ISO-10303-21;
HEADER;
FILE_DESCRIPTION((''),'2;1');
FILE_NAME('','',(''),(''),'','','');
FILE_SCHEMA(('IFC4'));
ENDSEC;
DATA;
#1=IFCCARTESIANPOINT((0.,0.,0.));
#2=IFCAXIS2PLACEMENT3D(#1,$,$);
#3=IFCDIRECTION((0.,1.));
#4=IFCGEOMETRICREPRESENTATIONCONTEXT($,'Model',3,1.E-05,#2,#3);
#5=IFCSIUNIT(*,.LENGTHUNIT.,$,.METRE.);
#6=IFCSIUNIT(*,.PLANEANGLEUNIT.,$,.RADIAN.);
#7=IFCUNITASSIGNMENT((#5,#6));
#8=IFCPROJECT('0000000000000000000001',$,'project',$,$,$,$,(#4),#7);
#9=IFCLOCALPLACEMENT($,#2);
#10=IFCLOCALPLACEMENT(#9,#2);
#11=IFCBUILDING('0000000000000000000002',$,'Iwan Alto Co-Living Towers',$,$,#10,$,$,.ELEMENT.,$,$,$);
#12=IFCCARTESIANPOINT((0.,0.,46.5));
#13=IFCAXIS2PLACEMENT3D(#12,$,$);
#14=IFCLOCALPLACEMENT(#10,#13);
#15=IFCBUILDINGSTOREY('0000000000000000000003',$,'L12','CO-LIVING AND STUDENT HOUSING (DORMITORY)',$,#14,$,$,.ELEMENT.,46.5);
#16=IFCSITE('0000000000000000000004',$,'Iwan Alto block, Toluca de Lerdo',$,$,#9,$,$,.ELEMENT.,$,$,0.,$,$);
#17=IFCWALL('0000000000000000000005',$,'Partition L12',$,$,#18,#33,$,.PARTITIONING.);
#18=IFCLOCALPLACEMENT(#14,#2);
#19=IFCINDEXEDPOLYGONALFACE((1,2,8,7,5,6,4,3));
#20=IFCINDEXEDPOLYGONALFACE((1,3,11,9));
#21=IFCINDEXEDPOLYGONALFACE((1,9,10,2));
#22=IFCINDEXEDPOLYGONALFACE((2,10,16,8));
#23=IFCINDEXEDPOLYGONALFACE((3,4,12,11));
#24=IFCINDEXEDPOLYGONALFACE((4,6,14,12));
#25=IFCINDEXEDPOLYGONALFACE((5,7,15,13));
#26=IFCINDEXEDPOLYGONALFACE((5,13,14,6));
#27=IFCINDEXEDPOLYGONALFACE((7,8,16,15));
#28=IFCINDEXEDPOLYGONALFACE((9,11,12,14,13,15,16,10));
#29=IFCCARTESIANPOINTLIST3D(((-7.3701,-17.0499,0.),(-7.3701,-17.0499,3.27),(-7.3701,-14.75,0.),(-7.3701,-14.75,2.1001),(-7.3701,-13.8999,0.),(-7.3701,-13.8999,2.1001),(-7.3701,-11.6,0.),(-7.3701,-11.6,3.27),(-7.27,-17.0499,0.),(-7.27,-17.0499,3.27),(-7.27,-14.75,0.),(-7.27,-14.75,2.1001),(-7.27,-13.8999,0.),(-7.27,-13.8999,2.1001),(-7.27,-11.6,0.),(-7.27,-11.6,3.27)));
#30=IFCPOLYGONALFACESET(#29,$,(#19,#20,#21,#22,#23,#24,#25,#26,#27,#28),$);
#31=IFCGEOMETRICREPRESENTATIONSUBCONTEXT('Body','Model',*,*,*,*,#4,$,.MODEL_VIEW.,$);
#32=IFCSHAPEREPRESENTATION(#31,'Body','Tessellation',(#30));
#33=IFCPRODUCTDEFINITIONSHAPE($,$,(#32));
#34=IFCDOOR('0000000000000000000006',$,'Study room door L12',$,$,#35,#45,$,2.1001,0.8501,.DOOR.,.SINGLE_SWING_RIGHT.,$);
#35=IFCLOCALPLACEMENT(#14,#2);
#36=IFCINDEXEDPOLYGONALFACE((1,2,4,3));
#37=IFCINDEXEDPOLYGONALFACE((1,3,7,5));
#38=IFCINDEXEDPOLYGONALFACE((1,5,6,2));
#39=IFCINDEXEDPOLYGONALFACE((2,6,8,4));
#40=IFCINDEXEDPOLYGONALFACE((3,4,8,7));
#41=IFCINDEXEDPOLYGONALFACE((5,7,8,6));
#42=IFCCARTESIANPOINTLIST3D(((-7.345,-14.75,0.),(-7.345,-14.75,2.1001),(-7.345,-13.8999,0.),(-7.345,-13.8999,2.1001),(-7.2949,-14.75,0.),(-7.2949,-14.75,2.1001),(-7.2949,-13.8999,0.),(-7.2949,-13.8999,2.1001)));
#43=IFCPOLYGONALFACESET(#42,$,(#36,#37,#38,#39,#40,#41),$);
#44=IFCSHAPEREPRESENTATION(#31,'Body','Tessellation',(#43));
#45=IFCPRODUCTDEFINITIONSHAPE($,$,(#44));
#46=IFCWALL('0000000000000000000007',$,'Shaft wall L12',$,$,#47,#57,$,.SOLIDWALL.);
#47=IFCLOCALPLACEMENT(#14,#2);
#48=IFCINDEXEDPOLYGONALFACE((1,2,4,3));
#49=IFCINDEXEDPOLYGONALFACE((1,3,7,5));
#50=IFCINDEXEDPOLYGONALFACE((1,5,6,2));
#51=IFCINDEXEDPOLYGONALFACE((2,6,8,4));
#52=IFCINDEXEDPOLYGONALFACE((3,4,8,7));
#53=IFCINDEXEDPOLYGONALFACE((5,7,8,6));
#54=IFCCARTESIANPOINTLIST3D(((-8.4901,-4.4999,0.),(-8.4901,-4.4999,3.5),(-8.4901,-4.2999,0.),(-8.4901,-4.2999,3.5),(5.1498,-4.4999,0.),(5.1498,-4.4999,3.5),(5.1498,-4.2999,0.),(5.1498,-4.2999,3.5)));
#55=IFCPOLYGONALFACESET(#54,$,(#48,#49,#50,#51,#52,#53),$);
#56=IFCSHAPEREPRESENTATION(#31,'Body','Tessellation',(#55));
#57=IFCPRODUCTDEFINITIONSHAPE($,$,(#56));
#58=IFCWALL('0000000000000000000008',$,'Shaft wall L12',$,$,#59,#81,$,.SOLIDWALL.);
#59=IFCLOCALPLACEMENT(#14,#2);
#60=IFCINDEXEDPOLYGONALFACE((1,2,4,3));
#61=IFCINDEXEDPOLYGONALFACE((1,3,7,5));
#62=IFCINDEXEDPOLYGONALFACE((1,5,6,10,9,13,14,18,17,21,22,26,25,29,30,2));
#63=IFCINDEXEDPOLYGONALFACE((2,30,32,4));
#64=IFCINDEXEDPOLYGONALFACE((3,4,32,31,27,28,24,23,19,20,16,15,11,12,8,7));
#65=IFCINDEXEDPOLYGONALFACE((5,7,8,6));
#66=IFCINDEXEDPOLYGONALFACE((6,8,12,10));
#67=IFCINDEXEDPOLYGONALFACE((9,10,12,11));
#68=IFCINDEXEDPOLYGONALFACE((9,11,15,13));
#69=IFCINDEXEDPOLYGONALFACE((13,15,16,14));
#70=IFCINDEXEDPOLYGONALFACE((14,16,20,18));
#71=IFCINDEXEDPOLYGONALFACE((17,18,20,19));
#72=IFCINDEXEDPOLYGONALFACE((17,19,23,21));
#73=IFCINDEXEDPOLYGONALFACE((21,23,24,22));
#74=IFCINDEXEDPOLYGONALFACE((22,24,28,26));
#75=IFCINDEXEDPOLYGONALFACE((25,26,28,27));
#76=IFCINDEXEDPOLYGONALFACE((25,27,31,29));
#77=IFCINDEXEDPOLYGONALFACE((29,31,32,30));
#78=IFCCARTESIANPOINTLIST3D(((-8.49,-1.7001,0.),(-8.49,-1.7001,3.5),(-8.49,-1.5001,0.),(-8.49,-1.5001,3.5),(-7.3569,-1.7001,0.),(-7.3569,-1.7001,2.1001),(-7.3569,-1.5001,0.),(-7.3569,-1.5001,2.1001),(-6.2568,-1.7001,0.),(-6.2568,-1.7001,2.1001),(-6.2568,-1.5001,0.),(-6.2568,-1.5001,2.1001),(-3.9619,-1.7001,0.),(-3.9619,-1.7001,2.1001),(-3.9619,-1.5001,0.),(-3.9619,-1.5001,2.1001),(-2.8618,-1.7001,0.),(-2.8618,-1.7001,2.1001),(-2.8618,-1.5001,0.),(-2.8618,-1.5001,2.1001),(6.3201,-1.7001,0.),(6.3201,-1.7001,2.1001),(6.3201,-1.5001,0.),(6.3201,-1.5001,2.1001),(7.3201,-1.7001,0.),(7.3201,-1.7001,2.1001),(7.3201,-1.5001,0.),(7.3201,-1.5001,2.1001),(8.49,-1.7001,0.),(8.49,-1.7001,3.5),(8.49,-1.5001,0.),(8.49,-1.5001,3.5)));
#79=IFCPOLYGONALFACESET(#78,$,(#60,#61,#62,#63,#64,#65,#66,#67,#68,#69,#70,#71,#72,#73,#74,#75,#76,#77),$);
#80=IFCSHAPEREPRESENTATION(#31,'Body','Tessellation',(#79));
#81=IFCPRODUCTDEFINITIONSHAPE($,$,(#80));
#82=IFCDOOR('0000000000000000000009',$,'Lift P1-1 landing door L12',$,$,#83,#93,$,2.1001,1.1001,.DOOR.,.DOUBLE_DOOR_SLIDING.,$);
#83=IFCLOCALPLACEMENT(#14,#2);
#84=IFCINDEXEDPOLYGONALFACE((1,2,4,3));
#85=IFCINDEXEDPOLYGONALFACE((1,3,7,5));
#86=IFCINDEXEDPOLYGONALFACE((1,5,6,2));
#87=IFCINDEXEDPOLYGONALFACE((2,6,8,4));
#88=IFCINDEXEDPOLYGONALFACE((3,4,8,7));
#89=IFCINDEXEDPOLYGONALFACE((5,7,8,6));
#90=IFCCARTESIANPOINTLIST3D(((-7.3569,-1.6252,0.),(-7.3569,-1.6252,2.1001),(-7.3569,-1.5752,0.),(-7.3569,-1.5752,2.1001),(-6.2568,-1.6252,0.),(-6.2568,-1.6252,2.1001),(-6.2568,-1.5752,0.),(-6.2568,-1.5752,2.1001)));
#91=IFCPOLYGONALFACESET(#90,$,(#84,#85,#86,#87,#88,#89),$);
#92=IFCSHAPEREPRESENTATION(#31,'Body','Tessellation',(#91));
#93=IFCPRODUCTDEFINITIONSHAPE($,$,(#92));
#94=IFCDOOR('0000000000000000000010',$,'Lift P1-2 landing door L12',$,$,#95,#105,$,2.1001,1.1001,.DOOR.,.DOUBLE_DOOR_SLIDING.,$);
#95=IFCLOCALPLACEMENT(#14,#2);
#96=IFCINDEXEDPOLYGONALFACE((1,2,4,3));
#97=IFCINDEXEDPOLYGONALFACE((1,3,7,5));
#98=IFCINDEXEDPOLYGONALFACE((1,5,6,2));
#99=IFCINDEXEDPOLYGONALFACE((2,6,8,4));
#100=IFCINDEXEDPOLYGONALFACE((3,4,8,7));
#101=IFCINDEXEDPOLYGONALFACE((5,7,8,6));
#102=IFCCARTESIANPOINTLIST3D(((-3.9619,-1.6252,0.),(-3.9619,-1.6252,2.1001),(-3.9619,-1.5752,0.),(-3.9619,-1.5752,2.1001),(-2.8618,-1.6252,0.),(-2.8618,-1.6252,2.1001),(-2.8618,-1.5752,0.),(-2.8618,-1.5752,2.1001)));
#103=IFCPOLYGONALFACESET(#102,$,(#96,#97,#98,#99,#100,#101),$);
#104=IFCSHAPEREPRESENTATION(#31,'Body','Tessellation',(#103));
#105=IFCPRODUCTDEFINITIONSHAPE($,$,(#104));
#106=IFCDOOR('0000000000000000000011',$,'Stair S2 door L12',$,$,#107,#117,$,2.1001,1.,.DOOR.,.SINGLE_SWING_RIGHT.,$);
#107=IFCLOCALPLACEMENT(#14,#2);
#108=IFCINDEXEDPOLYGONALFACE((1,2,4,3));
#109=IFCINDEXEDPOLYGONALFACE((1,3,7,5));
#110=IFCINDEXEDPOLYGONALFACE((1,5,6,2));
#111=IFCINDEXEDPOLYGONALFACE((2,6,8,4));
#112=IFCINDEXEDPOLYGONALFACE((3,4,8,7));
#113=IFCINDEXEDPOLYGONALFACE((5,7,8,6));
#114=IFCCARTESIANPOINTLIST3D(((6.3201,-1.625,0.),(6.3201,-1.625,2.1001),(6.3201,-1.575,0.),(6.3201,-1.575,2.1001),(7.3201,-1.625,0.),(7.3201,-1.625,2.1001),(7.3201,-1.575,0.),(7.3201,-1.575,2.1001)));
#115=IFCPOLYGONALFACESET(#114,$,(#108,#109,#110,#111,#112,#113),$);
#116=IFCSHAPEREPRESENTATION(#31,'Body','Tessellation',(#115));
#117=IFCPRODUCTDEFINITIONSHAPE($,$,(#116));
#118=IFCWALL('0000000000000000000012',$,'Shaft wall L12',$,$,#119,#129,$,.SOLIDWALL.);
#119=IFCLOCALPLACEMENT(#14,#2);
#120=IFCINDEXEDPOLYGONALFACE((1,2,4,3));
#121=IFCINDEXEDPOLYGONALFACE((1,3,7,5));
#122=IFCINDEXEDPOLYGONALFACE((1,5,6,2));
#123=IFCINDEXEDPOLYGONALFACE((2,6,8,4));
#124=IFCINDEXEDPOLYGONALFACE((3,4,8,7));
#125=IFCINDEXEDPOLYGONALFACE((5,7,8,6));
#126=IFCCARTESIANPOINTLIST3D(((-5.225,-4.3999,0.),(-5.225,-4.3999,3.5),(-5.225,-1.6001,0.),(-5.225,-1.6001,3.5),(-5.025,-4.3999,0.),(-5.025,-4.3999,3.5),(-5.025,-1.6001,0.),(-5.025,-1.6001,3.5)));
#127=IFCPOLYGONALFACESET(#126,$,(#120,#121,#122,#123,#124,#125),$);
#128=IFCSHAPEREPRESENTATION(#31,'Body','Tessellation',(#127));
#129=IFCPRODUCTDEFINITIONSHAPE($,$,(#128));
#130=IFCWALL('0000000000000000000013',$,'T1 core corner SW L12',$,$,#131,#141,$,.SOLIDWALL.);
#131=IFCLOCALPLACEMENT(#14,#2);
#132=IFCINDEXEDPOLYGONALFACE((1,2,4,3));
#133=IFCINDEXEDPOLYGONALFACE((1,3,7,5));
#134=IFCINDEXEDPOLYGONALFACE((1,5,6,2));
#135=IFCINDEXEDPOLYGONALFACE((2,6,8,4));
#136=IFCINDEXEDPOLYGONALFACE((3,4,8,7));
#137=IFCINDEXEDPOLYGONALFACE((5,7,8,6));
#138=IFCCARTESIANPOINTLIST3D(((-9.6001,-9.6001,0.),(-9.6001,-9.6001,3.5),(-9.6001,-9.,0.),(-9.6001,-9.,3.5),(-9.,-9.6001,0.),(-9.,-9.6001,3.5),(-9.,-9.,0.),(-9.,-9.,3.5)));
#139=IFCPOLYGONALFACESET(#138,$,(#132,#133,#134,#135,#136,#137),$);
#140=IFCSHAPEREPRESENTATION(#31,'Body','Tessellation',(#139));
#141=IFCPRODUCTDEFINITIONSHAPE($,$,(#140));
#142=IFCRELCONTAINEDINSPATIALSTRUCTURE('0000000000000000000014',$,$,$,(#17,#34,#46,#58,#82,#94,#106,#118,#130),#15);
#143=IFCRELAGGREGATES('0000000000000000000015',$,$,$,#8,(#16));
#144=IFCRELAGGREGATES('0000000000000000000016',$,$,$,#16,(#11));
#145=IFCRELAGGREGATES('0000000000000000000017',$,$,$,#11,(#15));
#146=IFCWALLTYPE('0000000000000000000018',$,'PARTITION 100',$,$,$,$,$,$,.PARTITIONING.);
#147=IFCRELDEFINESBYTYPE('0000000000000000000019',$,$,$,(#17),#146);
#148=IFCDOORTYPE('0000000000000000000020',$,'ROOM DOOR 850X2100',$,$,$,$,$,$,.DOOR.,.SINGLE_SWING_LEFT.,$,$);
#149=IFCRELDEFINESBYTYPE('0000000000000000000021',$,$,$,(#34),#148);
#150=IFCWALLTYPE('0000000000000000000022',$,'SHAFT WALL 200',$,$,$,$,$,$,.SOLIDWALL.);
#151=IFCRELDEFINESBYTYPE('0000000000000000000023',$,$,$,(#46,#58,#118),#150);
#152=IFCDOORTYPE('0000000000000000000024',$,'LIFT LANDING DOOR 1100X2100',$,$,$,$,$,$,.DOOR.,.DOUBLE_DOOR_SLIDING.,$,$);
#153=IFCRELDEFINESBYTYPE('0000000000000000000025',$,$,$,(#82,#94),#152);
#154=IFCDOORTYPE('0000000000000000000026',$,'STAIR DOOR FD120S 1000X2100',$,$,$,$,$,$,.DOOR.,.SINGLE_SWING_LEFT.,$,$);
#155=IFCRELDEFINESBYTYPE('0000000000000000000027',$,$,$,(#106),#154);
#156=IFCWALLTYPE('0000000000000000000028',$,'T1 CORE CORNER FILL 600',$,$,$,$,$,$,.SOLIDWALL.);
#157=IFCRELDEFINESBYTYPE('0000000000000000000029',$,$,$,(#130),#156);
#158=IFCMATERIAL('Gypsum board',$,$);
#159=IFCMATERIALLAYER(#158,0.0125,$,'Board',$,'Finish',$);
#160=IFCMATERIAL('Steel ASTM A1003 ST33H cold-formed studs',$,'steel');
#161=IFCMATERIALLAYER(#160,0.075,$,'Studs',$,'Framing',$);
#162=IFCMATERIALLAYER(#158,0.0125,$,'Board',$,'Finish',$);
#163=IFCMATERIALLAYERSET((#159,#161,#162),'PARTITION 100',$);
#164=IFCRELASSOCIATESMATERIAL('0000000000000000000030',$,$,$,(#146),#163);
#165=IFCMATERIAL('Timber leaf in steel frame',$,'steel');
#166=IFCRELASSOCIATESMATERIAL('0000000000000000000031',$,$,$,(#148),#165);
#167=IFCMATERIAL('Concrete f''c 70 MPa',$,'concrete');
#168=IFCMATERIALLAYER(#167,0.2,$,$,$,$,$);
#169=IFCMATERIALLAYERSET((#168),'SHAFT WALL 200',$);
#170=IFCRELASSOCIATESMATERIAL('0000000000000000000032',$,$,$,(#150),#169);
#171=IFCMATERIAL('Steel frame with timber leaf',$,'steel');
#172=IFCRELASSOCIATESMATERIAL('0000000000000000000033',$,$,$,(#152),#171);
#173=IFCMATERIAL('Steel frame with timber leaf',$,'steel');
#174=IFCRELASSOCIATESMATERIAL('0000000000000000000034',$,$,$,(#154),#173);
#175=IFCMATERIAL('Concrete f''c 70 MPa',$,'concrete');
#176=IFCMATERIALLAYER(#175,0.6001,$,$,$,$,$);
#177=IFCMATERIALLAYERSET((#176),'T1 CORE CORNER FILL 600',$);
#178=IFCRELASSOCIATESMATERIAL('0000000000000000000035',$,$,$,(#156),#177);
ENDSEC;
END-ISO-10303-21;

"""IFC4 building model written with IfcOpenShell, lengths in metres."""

from ifc_helpers import new_model, si_unit, direction, frame, frame_2d, origin, place, context, subcontext, project, spatial, rectangle, extrude, material, layer, layer_set, type_object, element, fill, save


model = new_model("IFC4")

# Units and contexts
model_context = context("Model", 3, precision=1e-05, world=origin(), true_north=direction((0.0, 1.0)))
body_context = subcontext(model_context, "Body", "Model", "MODEL_VIEW")
ifc_project = project(units=[si_unit("LENGTHUNIT", "METRE"), si_unit("PLANEANGLEUNIT", "RADIAN")], contexts=[model_context])

# Site, building, storey
site_placement = place(None, origin())
site = spatial("IfcSite", under=ifc_project, at=site_placement, Name="Iwan Alto block, Toluca de Lerdo", CompositionType="ELEMENT", RefElevation=0.0)
building_placement = place(site_placement, origin())
building = spatial("IfcBuilding", under=site, at=building_placement, Name="Iwan Alto Co-Living Towers", CompositionType="ELEMENT")
storey_placement = place(building_placement, frame((0.0, 0.0, 46.5)))
storey = spatial("IfcBuildingStorey", under=building, at=storey_placement, Name="L12", Description="CO-LIVING AND STUDENT HOUSING (DORMITORY)", CompositionType="ELEMENT", Elevation=46.5)

# Shared definitions
ifc_material_1 = material(Name="Gypsum board")
ifc_material_2 = material(Name="Steel ASTM A1003 ST33H cold-formed studs", Category="steel")

# Wall, opening, door
ifc_layer_1 = layer(ifc_material_1, 0.0125, Name="Board", Category="Finish")
ifc_layer_2 = layer(ifc_material_2, 0.075, Name="Studs", Category="Framing")
ifc_layer_3 = layer(ifc_material_1, 0.0125, Name="Board", Category="Finish")
ifc_layer_set_1 = layer_set([ifc_layer_1, ifc_layer_2, ifc_layer_3], Name="PARTITION 100")
wall_type_1 = type_object("IfcWallType", Name="PARTITION 100", PredefinedType="PARTITIONING", material=ifc_layer_set_1)
wall_1_placement = place(storey_placement, frame((-7.3201, -17.05, 0.0), z_axis=(0.0, 0.0, 1.0), x_axis=(0.0, 1.0, 0.0)))
wall_1 = element("IfcWall", 1, at=wall_1_placement, inside=storey, type_object=wall_type_1, Name="Partition L12", PredefinedType="PARTITIONING", context=body_context, shape_type="SweptSolid", body=[
    extrude(rectangle(XDim=5.45, YDim=0.1001, at=frame_2d((2.7251, 0.0))), origin(), (0.0, 0.0, 1.0), 3.27),
])
opening_1_placement = place(wall_1_placement, frame((2.3, 0.0, 0.0)))
opening_1 = element("IfcOpeningElement", 2, at=opening_1_placement, cuts=wall_1, PredefinedType="OPENING", context=body_context, shape_type="SweptSolid", body=[
    extrude(rectangle(XDim=0.8501, YDim=2.1001, at=frame_2d((0.425, 1.05))), frame((0.0, 0.0601, 0.0), z_axis=(0.0, -1.0, 0.0), x_axis=(1.0, 0.0, 0.0)), (0.0, 0.0, 1.0), 0.1201),
])
ifc_material_3 = material(Name="Timber leaf in steel frame", Category="steel")
door_type_1 = type_object("IfcDoorType", Name="ROOM DOOR 850X2100", OperationType="SINGLE_SWING_LEFT", PredefinedType="DOOR", material=ifc_material_3)
door_1_placement = place(opening_1_placement, origin())
door_1 = element("IfcDoor", 3, at=door_1_placement, inside=storey, type_object=door_type_1, Name="Study room door L12", OperationType="SINGLE_SWING_RIGHT", OverallHeight=2.1001, OverallWidth=0.8501, PredefinedType="DOOR", context=body_context, shape_type="SweptSolid", body=[
    extrude(rectangle(XDim=0.8501, YDim=2.1001, at=frame_2d((0.425, 1.05))), frame((0.0, 0.0249, 0.0), z_axis=(0.0, -1.0, 0.0), x_axis=(1.0, 0.0, 0.0)), (0.0, 0.0, 1.0), 0.05),
])
fill(opening_1, door_1)

# Wall
ifc_material_4 = material(Name="Concrete f'c 70 MPa", Category="concrete")
ifc_layer_4 = layer(ifc_material_4, 0.2)
ifc_layer_set_2 = layer_set([ifc_layer_4], Name="SHAFT WALL 200")
wall_type_2 = type_object("IfcWallType", Name="SHAFT WALL 200", PredefinedType="SOLIDWALL", material=ifc_layer_set_2)
wall_2_placement = place(storey_placement, frame((-8.49, -4.3999, 0.0), z_axis=(0.0, 0.0, 1.0), x_axis=(1.0, 0.0, 0.0)))
element("IfcWall", 4, at=wall_2_placement, inside=storey, type_object=wall_type_2, Name="Shaft wall L12", PredefinedType="SOLIDWALL", context=body_context, shape_type="SweptSolid", body=[
    extrude(rectangle(XDim=13.6399, YDim=0.2, at=frame_2d((6.8198, 0.0))), origin(), (0.0, 0.0, 1.0), 3.5),
])

# Wall, openings, doors
wall_3_placement = place(storey_placement, frame((-8.49, -1.6001, 0.0), z_axis=(0.0, 0.0, 1.0), x_axis=(1.0, 0.0, 0.0)))
wall_3 = element("IfcWall", 5, at=wall_3_placement, inside=storey, type_object=wall_type_2, Name="Shaft wall L12", PredefinedType="SOLIDWALL", context=body_context, shape_type="SweptSolid", body=[
    extrude(rectangle(XDim=16.98, YDim=0.2, at=frame_2d((8.49, 0.0))), origin(), (0.0, 0.0, 1.0), 3.5),
])
opening_2_placement = place(wall_3_placement, frame((14.8101, 0.0, 0.0)))
opening_2 = element("IfcOpeningElement", 6, at=opening_2_placement, cuts=wall_3, PredefinedType="OPENING", context=body_context, shape_type="SweptSolid", body=[
    extrude(rectangle(XDim=1.0, YDim=2.1001, at=frame_2d((0.5, 1.05))), frame((0.0, 0.1099, 0.0), z_axis=(0.0, -1.0, 0.0), x_axis=(1.0, 0.0, 0.0)), (0.0, 0.0, 1.0), 0.22),
])
opening_3_placement = place(wall_3_placement, frame((1.1331, 0.0, 0.0)))
opening_3 = element("IfcOpeningElement", 7, at=opening_3_placement, cuts=wall_3, PredefinedType="OPENING", context=body_context, shape_type="SweptSolid", body=[
    extrude(rectangle(XDim=1.1001, YDim=2.1001, at=frame_2d((0.55, 1.05))), frame((0.0, 0.1099, 0.0), z_axis=(0.0, -1.0, 0.0), x_axis=(1.0, 0.0, 0.0)), (0.0, 0.0, 1.0), 0.22),
])
opening_4_placement = place(wall_3_placement, frame((4.5281, 0.0, 0.0)))
opening_4 = element("IfcOpeningElement", 8, at=opening_4_placement, cuts=wall_3, PredefinedType="OPENING", context=body_context, shape_type="SweptSolid", body=[
    extrude(rectangle(XDim=1.1001, YDim=2.1001, at=frame_2d((0.55, 1.05))), frame((0.0, 0.1099, 0.0), z_axis=(0.0, -1.0, 0.0), x_axis=(1.0, 0.0, 0.0)), (0.0, 0.0, 1.0), 0.22),
])
ifc_material_5 = material(Name="Steel frame with timber leaf", Category="steel")
door_type_2 = type_object("IfcDoorType", Name="LIFT LANDING DOOR 1100X2100", OperationType="DOUBLE_DOOR_SLIDING", PredefinedType="DOOR", material=ifc_material_5)
door_2_placement = place(opening_3_placement, origin())
door_2 = element("IfcDoor", 9, at=door_2_placement, inside=storey, type_object=door_type_2, Name="Lift P1-1 landing door L12", OperationType="DOUBLE_DOOR_SLIDING", OverallHeight=2.1001, OverallWidth=1.1001, PredefinedType="DOOR", context=body_context, shape_type="SweptSolid", body=[
    extrude(rectangle(XDim=1.1001, YDim=2.1001, at=frame_2d((0.55, 1.05))), frame((0.0, 0.0249, 0.0), z_axis=(0.0, -1.0, 0.0), x_axis=(1.0, 0.0, 0.0)), (0.0, 0.0, 1.0), 0.05),
])
fill(opening_3, door_2)
door_3_placement = place(opening_4_placement, origin())
door_3 = element("IfcDoor", 10, at=door_3_placement, inside=storey, type_object=door_type_2, Name="Lift P1-2 landing door L12", OperationType="DOUBLE_DOOR_SLIDING", OverallHeight=2.1001, OverallWidth=1.1001, PredefinedType="DOOR", context=body_context, shape_type="SweptSolid", body=[
    extrude(rectangle(XDim=1.1001, YDim=2.1001, at=frame_2d((0.55, 1.05))), frame((0.0, 0.0249, 0.0), z_axis=(0.0, -1.0, 0.0), x_axis=(1.0, 0.0, 0.0)), (0.0, 0.0, 1.0), 0.05),
])
fill(opening_4, door_3)
ifc_material_6 = material(Name="Steel frame with timber leaf", Category="steel")
door_type_3 = type_object("IfcDoorType", Name="STAIR DOOR FD120S 1000X2100", OperationType="SINGLE_SWING_LEFT", PredefinedType="DOOR", material=ifc_material_6)
door_4_placement = place(opening_2_placement, frame((1.0, 0.0, 0.0), z_axis=(0.0, 0.0, 1.0), x_axis=(-1.0, 0.0, 0.0)))
door_4 = element("IfcDoor", 11, at=door_4_placement, inside=storey, type_object=door_type_3, Name="Stair S2 door L12", OperationType="SINGLE_SWING_RIGHT", OverallHeight=2.1001, OverallWidth=1.0, PredefinedType="DOOR", context=body_context, shape_type="SweptSolid", body=[
    extrude(rectangle(XDim=1.0, YDim=2.1001, at=frame_2d((0.5, 1.05))), frame((0.0, 0.0249, 0.0), z_axis=(0.0, -1.0, 0.0), x_axis=(1.0, 0.0, 0.0)), (0.0, 0.0, 1.0), 0.05),
])
fill(opening_2, door_4)

# Walls
wall_4_placement = place(storey_placement, frame((-5.125, -4.3999, 0.0), z_axis=(0.0, 0.0, 1.0), x_axis=(0.0, 1.0, 0.0)))
element("IfcWall", 12, at=wall_4_placement, inside=storey, type_object=wall_type_2, Name="Shaft wall L12", PredefinedType="SOLIDWALL", context=body_context, shape_type="SweptSolid", body=[
    extrude(rectangle(XDim=2.7998, YDim=0.2, at=frame_2d((1.3999, 0.0))), origin(), (0.0, 0.0, 1.0), 3.5),
])
ifc_material_7 = material(Name="Concrete f'c 70 MPa", Category="concrete")
ifc_layer_5 = layer(ifc_material_7, 0.6001)
ifc_layer_set_3 = layer_set([ifc_layer_5], Name="T1 CORE CORNER FILL 600")
wall_type_3 = type_object("IfcWallType", Name="T1 CORE CORNER FILL 600", PredefinedType="SOLIDWALL", material=ifc_layer_set_3)
wall_5_placement = place(storey_placement, frame((-9.6001, -9.3, 0.0), z_axis=(0.0, 0.0, 1.0), x_axis=(1.0, 0.0, 0.0)))
element("IfcWall", 13, at=wall_5_placement, inside=storey, type_object=wall_type_3, Name="T1 core corner SW L12", PredefinedType="SOLIDWALL", context=body_context, shape_type="SweptSolid", body=[
    extrude(rectangle(XDim=0.6001, YDim=0.6001, at=frame_2d((0.3, 0.0))), origin(), (0.0, 0.0, 1.0), 3.5),
])

save(model, "model.ifc")
